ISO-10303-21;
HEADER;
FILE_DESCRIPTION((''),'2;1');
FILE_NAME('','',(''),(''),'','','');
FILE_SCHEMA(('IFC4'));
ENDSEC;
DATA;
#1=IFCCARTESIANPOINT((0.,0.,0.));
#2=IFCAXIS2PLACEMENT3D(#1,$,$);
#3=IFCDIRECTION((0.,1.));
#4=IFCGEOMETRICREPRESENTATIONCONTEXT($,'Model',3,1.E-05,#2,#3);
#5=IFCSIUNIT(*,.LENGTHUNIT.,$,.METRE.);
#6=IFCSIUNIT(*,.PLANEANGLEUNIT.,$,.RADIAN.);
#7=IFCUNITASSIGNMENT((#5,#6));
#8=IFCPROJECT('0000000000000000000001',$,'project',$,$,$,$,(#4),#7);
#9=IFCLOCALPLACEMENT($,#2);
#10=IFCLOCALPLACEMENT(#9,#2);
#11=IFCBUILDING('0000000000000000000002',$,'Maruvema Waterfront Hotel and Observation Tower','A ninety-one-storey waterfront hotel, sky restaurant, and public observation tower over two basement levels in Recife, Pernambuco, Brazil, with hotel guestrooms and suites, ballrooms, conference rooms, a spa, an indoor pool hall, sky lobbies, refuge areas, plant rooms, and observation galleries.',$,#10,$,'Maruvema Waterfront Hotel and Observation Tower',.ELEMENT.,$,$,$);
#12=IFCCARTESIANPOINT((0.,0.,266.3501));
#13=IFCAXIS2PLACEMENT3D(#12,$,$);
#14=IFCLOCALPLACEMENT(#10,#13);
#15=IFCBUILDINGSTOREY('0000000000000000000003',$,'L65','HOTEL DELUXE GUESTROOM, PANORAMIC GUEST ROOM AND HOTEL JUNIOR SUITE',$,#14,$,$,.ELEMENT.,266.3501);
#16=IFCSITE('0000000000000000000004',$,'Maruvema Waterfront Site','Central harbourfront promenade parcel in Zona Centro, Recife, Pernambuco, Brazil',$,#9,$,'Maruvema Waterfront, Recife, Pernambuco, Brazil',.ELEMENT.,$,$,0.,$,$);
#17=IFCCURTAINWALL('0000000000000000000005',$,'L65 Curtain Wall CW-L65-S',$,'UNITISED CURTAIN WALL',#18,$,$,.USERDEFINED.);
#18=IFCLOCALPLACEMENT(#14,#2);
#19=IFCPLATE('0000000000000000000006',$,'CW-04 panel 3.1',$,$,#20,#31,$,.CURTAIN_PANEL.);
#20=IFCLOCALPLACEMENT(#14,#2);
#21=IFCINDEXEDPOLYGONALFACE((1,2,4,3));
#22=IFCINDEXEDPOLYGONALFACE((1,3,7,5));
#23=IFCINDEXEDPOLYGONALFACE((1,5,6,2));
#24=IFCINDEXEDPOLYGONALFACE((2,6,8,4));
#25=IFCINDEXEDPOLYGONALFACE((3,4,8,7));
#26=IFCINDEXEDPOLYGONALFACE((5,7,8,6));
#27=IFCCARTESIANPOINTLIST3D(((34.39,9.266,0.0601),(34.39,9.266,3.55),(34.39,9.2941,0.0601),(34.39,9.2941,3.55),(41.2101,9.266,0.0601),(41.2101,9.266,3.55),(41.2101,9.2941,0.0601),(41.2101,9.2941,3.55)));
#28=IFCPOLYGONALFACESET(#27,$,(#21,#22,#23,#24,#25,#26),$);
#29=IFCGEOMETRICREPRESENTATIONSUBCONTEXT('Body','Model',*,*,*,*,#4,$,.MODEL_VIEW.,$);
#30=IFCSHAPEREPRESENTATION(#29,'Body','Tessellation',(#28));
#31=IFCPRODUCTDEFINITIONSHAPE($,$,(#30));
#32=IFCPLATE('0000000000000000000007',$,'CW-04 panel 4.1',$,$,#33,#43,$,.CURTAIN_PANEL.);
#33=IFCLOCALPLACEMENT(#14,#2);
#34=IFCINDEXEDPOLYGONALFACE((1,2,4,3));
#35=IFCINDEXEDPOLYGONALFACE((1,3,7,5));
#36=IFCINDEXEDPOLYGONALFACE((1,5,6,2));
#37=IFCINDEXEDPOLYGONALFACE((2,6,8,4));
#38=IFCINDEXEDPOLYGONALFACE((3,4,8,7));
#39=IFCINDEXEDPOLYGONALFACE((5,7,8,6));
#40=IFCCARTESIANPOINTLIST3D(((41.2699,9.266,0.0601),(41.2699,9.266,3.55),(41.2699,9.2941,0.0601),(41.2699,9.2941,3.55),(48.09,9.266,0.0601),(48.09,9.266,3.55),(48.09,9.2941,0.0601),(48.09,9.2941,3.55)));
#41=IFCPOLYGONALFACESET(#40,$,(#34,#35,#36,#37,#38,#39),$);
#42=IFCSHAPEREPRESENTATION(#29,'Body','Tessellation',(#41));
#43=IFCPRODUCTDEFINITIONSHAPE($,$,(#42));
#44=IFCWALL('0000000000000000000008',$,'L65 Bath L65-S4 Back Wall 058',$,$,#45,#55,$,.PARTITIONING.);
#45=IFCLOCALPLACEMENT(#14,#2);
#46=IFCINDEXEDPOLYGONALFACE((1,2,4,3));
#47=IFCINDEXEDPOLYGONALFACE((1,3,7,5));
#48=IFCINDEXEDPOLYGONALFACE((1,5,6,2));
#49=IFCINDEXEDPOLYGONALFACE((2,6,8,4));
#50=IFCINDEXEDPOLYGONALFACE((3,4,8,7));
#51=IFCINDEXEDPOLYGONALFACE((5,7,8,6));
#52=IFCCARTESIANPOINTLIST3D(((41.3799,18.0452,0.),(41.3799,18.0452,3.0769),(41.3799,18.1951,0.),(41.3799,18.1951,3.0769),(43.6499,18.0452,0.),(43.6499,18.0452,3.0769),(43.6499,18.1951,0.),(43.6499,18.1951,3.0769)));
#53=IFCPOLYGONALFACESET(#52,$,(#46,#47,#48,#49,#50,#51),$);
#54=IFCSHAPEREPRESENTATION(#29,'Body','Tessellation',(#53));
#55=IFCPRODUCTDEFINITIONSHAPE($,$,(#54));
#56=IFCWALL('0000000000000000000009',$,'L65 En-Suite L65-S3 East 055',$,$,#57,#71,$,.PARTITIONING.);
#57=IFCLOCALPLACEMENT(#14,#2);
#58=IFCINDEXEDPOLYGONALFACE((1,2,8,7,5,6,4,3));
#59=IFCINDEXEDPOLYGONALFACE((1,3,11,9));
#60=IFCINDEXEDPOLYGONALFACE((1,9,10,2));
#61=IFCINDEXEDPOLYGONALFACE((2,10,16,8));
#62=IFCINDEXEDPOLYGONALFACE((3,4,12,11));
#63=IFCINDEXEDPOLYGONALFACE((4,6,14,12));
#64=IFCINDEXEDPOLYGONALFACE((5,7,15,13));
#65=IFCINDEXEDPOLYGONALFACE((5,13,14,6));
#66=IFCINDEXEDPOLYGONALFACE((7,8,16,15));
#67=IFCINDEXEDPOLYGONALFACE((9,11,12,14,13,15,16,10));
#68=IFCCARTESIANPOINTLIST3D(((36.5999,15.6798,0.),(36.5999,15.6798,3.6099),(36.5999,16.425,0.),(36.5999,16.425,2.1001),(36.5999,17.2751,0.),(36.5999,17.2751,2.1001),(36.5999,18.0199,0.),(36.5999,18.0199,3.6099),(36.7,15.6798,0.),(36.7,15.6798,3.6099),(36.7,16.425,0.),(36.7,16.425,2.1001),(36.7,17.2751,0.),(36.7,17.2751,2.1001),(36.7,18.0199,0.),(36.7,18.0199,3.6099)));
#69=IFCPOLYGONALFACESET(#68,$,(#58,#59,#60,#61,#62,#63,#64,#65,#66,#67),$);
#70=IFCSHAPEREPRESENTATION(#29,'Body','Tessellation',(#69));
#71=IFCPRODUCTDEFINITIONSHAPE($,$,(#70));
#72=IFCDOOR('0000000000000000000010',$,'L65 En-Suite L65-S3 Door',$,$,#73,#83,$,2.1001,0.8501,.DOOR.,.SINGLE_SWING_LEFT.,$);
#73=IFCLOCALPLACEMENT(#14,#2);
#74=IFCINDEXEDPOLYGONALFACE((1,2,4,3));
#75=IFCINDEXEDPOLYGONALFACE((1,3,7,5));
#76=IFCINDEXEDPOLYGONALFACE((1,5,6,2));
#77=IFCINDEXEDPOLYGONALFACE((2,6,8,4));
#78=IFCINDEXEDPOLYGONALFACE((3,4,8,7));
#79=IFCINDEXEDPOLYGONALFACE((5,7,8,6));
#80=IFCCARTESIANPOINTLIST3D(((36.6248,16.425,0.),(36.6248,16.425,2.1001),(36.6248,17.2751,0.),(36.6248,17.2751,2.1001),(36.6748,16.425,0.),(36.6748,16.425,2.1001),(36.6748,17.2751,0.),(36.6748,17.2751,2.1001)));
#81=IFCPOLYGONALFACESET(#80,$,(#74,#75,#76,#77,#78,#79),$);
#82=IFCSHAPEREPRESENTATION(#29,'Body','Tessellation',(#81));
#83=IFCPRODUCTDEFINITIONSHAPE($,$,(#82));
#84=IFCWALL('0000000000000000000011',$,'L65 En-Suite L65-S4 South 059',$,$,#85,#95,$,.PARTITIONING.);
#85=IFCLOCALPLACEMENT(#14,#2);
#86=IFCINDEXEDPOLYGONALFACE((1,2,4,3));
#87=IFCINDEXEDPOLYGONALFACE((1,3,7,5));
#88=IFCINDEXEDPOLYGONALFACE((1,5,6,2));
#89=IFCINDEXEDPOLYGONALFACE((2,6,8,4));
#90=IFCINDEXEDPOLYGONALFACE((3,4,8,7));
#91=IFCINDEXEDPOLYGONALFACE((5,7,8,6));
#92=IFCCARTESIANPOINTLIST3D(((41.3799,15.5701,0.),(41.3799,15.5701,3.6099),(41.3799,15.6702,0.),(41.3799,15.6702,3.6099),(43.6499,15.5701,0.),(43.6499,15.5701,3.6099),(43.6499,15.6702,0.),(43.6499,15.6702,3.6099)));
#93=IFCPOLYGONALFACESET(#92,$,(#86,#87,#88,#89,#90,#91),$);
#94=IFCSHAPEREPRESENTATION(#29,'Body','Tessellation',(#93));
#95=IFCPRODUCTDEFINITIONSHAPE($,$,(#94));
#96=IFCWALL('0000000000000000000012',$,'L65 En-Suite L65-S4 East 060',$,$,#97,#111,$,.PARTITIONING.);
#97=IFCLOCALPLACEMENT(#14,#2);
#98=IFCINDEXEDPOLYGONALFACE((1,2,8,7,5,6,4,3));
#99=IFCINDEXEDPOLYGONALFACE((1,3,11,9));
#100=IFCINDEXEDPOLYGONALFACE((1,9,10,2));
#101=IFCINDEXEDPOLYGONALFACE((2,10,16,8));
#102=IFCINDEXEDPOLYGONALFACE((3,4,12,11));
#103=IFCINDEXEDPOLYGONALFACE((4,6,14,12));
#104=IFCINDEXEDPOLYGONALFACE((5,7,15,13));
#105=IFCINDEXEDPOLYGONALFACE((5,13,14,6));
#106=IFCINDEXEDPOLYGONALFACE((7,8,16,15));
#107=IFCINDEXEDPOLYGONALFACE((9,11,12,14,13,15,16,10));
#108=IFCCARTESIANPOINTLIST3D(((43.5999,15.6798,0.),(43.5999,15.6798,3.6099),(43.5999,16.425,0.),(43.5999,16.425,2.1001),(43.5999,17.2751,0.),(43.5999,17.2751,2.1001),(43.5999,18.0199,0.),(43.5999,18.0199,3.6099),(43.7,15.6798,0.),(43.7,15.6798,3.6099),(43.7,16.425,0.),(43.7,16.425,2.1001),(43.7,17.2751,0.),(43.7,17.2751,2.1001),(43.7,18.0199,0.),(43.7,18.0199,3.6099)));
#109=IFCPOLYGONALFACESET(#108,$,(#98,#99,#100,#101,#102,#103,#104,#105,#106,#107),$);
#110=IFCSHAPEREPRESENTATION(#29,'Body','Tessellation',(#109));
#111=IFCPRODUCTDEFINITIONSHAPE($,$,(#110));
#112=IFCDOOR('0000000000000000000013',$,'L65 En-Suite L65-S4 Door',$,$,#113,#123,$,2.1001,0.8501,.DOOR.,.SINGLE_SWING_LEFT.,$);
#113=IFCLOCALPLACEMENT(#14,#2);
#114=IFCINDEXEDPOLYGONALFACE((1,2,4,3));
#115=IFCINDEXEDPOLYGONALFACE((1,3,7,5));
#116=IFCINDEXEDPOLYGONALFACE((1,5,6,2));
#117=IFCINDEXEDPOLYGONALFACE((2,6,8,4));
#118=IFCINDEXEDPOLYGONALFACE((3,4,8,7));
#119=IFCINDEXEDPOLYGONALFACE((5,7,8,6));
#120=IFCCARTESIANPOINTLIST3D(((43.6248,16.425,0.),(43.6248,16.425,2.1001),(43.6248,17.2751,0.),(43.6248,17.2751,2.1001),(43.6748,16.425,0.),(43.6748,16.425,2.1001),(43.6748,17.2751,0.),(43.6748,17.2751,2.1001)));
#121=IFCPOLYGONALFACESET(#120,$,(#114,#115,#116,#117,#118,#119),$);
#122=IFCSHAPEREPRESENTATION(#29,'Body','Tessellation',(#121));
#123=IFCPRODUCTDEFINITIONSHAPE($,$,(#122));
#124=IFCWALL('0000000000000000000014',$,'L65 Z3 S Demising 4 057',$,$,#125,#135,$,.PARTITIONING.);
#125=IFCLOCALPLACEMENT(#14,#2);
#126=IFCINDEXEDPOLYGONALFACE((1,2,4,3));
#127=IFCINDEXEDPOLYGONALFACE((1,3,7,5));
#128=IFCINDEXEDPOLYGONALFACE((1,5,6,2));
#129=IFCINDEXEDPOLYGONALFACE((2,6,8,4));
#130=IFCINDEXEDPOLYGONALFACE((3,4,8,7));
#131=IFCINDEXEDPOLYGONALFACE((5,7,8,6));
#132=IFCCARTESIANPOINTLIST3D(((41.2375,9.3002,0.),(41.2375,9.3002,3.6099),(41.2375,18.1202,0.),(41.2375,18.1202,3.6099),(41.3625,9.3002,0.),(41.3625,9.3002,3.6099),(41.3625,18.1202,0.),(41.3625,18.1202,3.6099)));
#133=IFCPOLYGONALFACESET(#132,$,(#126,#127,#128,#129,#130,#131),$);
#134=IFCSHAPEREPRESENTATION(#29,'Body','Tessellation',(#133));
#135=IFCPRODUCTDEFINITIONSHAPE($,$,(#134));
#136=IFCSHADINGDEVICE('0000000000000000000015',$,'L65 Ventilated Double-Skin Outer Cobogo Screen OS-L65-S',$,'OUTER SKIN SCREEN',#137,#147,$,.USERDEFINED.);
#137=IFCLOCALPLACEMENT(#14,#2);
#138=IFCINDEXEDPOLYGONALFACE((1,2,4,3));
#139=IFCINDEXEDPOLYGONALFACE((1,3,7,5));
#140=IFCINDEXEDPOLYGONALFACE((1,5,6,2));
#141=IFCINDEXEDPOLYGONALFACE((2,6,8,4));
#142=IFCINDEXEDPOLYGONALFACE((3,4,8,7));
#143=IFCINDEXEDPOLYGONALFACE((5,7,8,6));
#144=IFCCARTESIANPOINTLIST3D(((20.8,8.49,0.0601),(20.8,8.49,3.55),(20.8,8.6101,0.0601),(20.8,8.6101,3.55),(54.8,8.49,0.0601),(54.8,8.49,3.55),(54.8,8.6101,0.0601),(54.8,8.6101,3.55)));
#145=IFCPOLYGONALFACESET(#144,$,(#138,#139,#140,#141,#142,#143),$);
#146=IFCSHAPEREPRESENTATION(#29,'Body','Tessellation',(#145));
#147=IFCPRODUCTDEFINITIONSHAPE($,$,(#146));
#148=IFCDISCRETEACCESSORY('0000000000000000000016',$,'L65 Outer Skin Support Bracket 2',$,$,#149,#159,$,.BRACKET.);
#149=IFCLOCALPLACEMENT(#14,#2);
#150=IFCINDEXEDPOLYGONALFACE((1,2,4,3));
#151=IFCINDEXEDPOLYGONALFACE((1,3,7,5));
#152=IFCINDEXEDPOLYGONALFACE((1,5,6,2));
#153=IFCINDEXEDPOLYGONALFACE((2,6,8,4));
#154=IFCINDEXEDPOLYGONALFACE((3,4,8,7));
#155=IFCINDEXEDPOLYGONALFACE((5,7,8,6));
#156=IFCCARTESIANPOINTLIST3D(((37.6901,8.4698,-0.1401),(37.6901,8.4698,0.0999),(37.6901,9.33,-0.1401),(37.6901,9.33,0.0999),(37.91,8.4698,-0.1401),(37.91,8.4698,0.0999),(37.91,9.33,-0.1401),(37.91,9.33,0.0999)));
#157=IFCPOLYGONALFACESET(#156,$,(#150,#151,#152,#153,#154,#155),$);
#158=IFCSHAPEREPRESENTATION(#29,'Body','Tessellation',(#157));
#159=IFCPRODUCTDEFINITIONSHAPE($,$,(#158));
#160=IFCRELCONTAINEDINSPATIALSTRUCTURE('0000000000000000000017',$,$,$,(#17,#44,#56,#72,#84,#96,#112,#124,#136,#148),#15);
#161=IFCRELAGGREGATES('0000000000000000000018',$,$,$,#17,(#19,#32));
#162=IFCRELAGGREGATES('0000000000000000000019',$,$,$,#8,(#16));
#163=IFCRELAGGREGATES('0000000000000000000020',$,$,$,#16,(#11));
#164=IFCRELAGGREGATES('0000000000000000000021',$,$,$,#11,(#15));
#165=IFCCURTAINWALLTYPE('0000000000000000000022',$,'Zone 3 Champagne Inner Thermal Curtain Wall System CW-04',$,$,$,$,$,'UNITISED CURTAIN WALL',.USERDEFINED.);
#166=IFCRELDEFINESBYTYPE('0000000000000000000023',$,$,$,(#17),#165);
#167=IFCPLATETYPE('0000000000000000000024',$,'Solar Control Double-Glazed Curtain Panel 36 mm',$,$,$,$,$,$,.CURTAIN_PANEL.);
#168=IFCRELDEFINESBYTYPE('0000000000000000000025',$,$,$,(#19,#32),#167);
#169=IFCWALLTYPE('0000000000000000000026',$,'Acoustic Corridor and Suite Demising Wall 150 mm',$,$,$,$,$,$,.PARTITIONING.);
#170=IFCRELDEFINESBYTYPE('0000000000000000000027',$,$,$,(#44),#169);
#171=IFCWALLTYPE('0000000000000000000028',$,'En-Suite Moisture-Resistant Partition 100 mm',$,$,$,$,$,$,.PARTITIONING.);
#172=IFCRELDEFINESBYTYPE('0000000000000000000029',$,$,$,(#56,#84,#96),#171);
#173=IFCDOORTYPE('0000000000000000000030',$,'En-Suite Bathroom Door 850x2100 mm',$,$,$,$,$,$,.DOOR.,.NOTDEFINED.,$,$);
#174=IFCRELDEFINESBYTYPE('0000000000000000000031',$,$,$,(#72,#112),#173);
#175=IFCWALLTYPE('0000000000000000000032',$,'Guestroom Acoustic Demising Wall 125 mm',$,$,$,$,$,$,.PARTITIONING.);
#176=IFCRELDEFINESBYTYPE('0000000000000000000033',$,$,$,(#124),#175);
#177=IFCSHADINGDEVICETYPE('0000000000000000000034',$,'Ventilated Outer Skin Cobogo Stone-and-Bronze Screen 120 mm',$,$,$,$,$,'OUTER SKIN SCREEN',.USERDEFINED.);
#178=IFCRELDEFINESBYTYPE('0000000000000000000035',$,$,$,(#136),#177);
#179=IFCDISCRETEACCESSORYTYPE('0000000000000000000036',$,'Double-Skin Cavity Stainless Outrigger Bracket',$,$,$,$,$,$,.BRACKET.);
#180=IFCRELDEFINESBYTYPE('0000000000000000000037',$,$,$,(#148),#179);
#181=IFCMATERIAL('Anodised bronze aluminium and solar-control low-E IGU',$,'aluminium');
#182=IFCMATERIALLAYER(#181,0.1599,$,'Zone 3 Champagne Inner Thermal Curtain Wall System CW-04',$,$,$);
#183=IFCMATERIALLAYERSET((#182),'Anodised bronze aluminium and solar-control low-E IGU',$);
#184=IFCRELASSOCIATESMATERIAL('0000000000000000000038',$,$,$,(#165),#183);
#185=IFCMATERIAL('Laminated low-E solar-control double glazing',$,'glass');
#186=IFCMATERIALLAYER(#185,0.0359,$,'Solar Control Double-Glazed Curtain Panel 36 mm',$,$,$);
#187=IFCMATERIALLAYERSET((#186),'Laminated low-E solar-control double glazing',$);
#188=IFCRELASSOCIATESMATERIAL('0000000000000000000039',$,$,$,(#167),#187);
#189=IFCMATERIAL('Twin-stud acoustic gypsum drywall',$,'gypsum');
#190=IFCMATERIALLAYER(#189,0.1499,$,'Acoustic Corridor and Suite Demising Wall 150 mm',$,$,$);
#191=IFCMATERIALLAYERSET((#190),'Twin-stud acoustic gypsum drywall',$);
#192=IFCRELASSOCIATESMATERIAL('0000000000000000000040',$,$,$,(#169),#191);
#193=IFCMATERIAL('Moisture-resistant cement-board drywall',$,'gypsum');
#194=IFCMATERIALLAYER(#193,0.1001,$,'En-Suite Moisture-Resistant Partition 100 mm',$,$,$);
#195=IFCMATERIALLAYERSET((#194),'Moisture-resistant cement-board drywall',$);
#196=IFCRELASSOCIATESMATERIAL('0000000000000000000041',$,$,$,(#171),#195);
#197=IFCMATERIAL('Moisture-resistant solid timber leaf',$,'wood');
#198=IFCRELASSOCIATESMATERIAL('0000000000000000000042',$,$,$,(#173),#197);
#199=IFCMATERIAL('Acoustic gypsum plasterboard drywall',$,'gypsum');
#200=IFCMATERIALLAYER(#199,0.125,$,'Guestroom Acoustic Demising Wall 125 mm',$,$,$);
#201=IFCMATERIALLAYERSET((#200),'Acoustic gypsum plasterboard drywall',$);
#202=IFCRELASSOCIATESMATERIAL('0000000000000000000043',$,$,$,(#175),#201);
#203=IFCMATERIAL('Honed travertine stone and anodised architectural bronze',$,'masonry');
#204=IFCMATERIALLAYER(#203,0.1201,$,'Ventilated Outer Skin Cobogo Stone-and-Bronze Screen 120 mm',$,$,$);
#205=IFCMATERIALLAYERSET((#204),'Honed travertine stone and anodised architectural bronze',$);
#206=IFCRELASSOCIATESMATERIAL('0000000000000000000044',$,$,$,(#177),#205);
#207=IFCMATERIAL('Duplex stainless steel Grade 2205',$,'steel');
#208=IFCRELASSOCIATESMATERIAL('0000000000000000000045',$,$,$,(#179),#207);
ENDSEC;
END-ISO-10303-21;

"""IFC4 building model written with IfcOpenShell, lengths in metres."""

from ifc_helpers import new_model, si_unit, direction, frame, frame_2d, origin, origin_2d, place, context, subcontext, project, spatial, rectangle, extrude, material, layer, layer_set, type_object, element, fill, aggregate, save


model = new_model("IFC4")

# Units and contexts
model_context = context("Model", 3, precision=1e-05, world=origin(), true_north=direction((0.0, 1.0)))
body_context = subcontext(model_context, "Body", "Model", "MODEL_VIEW")
ifc_project = project(units=[si_unit("LENGTHUNIT", "METRE"), si_unit("PLANEANGLEUNIT", "RADIAN")], contexts=[model_context])

# Site, building, storey
site_placement = place(None, origin())
site = spatial("IfcSite", under=ifc_project, at=site_placement, Name="Maruvema Waterfront Site", Description="Central harbourfront promenade parcel in Zona Centro, Recife, Pernambuco, Brazil", LongName="Maruvema Waterfront, Recife, Pernambuco, Brazil", CompositionType="ELEMENT", RefElevation=0.0)
building_placement = place(site_placement, origin())
building = spatial("IfcBuilding", under=site, at=building_placement, Name="Maruvema Waterfront Hotel and Observation Tower", Description="A ninety-one-storey waterfront hotel, sky restaurant, and public observation tower over two basement levels in Recife, Pernambuco, Brazil, with hotel guestrooms and suites, ballrooms, conference rooms, a spa, an indoor pool hall, sky lobbies, refuge areas, plant rooms, and observation galleries.", LongName="Maruvema Waterfront Hotel and Observation Tower", CompositionType="ELEMENT")
storey_placement = place(building_placement, frame((0.0, 0.0, 266.3501)))
storey = spatial("IfcBuildingStorey", under=building, at=storey_placement, Name="L65", Description="HOTEL DELUXE GUESTROOM, PANORAMIC GUEST ROOM AND HOTEL JUNIOR SUITE", CompositionType="ELEMENT", Elevation=266.3501)

# Curtain wall
ifc_material_1 = material(Name="Anodised bronze aluminium and solar-control low-E IGU", Category="aluminium")
ifc_layer_1 = layer(ifc_material_1, 0.1599, Name="Zone 3 Champagne Inner Thermal Curtain Wall System CW-04")
ifc_layer_set_1 = layer_set([ifc_layer_1], Name="Anodised bronze aluminium and solar-control low-E IGU")
curtain_wall_type = type_object("IfcCurtainWallType", Name="Zone 3 Champagne Inner Thermal Curtain Wall System CW-04", ElementType="UNITISED CURTAIN WALL", PredefinedType="USERDEFINED", material=ifc_layer_set_1)
curtain_wall_placement = place(storey_placement, origin())
curtain_wall = element("IfcCurtainWall", 1, at=curtain_wall_placement, inside=storey, type_object=curtain_wall_type, Name="L65 Curtain Wall CW-L65-S", ObjectType="UNITISED CURTAIN WALL", PredefinedType="USERDEFINED")

# Plates
ifc_material_2 = material(Name="Laminated low-E solar-control double glazing", Category="glass")
ifc_layer_2 = layer(ifc_material_2, 0.0359, Name="Solar Control Double-Glazed Curtain Panel 36 mm")
ifc_layer_set_2 = layer_set([ifc_layer_2], Name="Laminated low-E solar-control double glazing")
plate_type = type_object("IfcPlateType", Name="Solar Control Double-Glazed Curtain Panel 36 mm", PredefinedType="CURTAIN_PANEL", material=ifc_layer_set_2)
plate_1_placement = place(storey_placement, frame((37.8, 9.28, 0.0601), z_axis=(0.0, 0.0, 1.0), x_axis=(1.0, 0.0, 0.0)))
plate_1 = element("IfcPlate", 2, at=plate_1_placement, type_object=plate_type, Name="CW-04 panel 3.1", PredefinedType="CURTAIN_PANEL", context=body_context, shape_type="SweptSolid", body=[
    extrude(rectangle(XDim=6.8201, YDim=0.0281, at=origin_2d()), origin(), (0.0, 0.0, 1.0), 3.49),
])
plate_2_placement = place(storey_placement, frame((44.6799, 9.28, 0.0601), z_axis=(0.0, 0.0, 1.0), x_axis=(1.0, 0.0, 0.0)))
plate_2 = element("IfcPlate", 3, at=plate_2_placement, type_object=plate_type, Name="CW-04 panel 4.1", PredefinedType="CURTAIN_PANEL", context=body_context, shape_type="SweptSolid", body=[
    extrude(rectangle(XDim=6.8201, YDim=0.0281, at=origin_2d()), origin(), (0.0, 0.0, 1.0), 3.49),
])
aggregate(curtain_wall, [plate_1, plate_2])

# Shared definitions
ifc_material_3 = material(Name="Twin-stud acoustic gypsum drywall", Category="gypsum")
ifc_layer_3 = layer(ifc_material_3, 0.1499, Name="Acoustic Corridor and Suite Demising Wall 150 mm")
ifc_layer_set_3 = layer_set([ifc_layer_3], Name="Twin-stud acoustic gypsum drywall")
wall_type_1 = type_object("IfcWallType", Name="Acoustic Corridor and Suite Demising Wall 150 mm", PredefinedType="PARTITIONING", material=ifc_layer_set_3)

# Wall
wall_1_placement = place(storey_placement, frame((41.3799, 18.1201, 0.0), z_axis=(0.0, 0.0, 1.0), x_axis=(1.0, 0.0, 0.0)))
element("IfcWall", 4, at=wall_1_placement, inside=storey, type_object=wall_type_1, Name="L65 Bath L65-S4 Back Wall 058", PredefinedType="PARTITIONING", context=body_context, shape_type="SweptSolid", body=[
    extrude(rectangle(XDim=2.27, YDim=0.1499, at=frame_2d((1.135, 0.0))), origin(), (0.0, 0.0, 1.0), 3.0769),
])

# Wall, opening, door
ifc_material_4 = material(Name="Moisture-resistant cement-board drywall", Category="gypsum")
ifc_layer_4 = layer(ifc_material_4, 0.1001, Name="En-Suite Moisture-Resistant Partition 100 mm")
ifc_layer_set_4 = layer_set([ifc_layer_4], Name="Moisture-resistant cement-board drywall")
wall_type_2 = type_object("IfcWallType", Name="En-Suite Moisture-Resistant Partition 100 mm", PredefinedType="PARTITIONING", material=ifc_layer_set_4)
wall_2_placement = place(storey_placement, frame((36.6499, 15.6799, 0.0), z_axis=(0.0, 0.0, 1.0), x_axis=(0.0, 1.0, 0.0)))
wall_2 = element("IfcWall", 5, at=wall_2_placement, inside=storey, type_object=wall_type_2, Name="L65 En-Suite L65-S3 East 055", PredefinedType="PARTITIONING", context=body_context, shape_type="SweptSolid", body=[
    extrude(rectangle(XDim=2.3401, YDim=0.1001, at=frame_2d((1.1699, 0.0))), origin(), (0.0, 0.0, 1.0), 3.6099),
])
opening_1_placement = place(wall_2_placement, frame((0.7451, 0.0, 0.0)))
opening_1 = element("IfcOpeningElement", 6, at=opening_1_placement, cuts=wall_2, PredefinedType="OPENING", context=body_context, shape_type="SweptSolid", body=[
    extrude(rectangle(XDim=0.8501, YDim=2.1001, at=frame_2d((0.425, 1.05))), frame((0.0, 0.0601, 0.0), z_axis=(0.0, -1.0, 0.0), x_axis=(1.0, 0.0, 0.0)), (0.0, 0.0, 1.0), 0.1201),
])
ifc_material_5 = material(Name="Moisture-resistant solid timber leaf", Category="wood")
door_type_1 = type_object("IfcDoorType", Name="En-Suite Bathroom Door 850x2100 mm", OperationType="NOTDEFINED", PredefinedType="DOOR", material=ifc_material_5)
door_1_placement = place(opening_1_placement, frame((0.8501, 0.0, 0.0), z_axis=(0.0, 0.0, 1.0), x_axis=(-1.0, 0.0, 0.0)))
door_1 = element("IfcDoor", 7, at=door_1_placement, inside=storey, type_object=door_type_1, Name="L65 En-Suite L65-S3 Door", OperationType="SINGLE_SWING_LEFT", OverallHeight=2.1001, OverallWidth=0.8501, PredefinedType="DOOR", context=body_context, shape_type="SweptSolid", body=[
    extrude(rectangle(XDim=0.8501, YDim=2.1001, at=frame_2d((0.425, 1.05))), frame((0.0, 0.0249, 0.0), z_axis=(0.0, -1.0, 0.0), x_axis=(1.0, 0.0, 0.0)), (0.0, 0.0, 1.0), 0.05),
])
fill(opening_1, door_1)

# Wall
wall_3_placement = place(storey_placement, frame((41.3799, 15.6201, 0.0), z_axis=(0.0, 0.0, 1.0), x_axis=(1.0, 0.0, 0.0)))
element("IfcWall", 8, at=wall_3_placement, inside=storey, type_object=wall_type_2, Name="L65 En-Suite L65-S4 South 059", PredefinedType="PARTITIONING", context=body_context, shape_type="SweptSolid", body=[
    extrude(rectangle(XDim=2.27, YDim=0.1001, at=frame_2d((1.135, 0.0))), origin(), (0.0, 0.0, 1.0), 3.6099),
])

# Wall, opening, door
wall_4_placement = place(storey_placement, frame((43.6499, 15.6799, 0.0), z_axis=(0.0, 0.0, 1.0), x_axis=(0.0, 1.0, 0.0)))
wall_4 = element("IfcWall", 9, at=wall_4_placement, inside=storey, type_object=wall_type_2, Name="L65 En-Suite L65-S4 East 060", PredefinedType="PARTITIONING", context=body_context, shape_type="SweptSolid", body=[
    extrude(rectangle(XDim=2.3401, YDim=0.1001, at=frame_2d((1.1699, 0.0))), origin(), (0.0, 0.0, 1.0), 3.6099),
])
opening_2_placement = place(wall_4_placement, frame((0.7451, 0.0, 0.0)))
opening_2 = element("IfcOpeningElement", 10, at=opening_2_placement, cuts=wall_4, PredefinedType="OPENING", context=body_context, shape_type="SweptSolid", body=[
    extrude(rectangle(XDim=0.8501, YDim=2.1001, at=frame_2d((0.425, 1.05))), frame((0.0, 0.0601, 0.0), z_axis=(0.0, -1.0, 0.0), x_axis=(1.0, 0.0, 0.0)), (0.0, 0.0, 1.0), 0.1201),
])
door_2_placement = place(opening_2_placement, frame((0.8501, 0.0, 0.0), z_axis=(0.0, 0.0, 1.0), x_axis=(-1.0, 0.0, 0.0)))
door_2 = element("IfcDoor", 11, at=door_2_placement, inside=storey, type_object=door_type_1, Name="L65 En-Suite L65-S4 Door", OperationType="SINGLE_SWING_LEFT", OverallHeight=2.1001, OverallWidth=0.8501, PredefinedType="DOOR", context=body_context, shape_type="SweptSolid", body=[
    extrude(rectangle(XDim=0.8501, YDim=2.1001, at=frame_2d((0.425, 1.05))), frame((0.0, 0.0249, 0.0), z_axis=(0.0, -1.0, 0.0), x_axis=(1.0, 0.0, 0.0)), (0.0, 0.0, 1.0), 0.05),
])
fill(opening_2, door_2)

# Wall
ifc_material_6 = material(Name="Acoustic gypsum plasterboard drywall", Category="gypsum")
ifc_layer_5 = layer(ifc_material_6, 0.125, Name="Guestroom Acoustic Demising Wall 125 mm")
ifc_layer_set_5 = layer_set([ifc_layer_5], Name="Acoustic gypsum plasterboard drywall")
wall_type_3 = type_object("IfcWallType", Name="Guestroom Acoustic Demising Wall 125 mm", PredefinedType="PARTITIONING", material=ifc_layer_set_5)
wall_5_placement = place(storey_placement, frame((41.3, 9.3, 0.0), z_axis=(0.0, 0.0, 1.0), x_axis=(0.0, 1.0, 0.0)))
element("IfcWall", 12, at=wall_5_placement, inside=storey, type_object=wall_type_3, Name="L65 Z3 S Demising 4 057", PredefinedType="PARTITIONING", context=body_context, shape_type="SweptSolid", body=[
    extrude(rectangle(XDim=8.8201, YDim=0.125, at=frame_2d((4.4102, 0.0))), origin(), (0.0, 0.0, 1.0), 3.6099),
])

# Shading device
ifc_material_7 = material(Name="Honed travertine stone and anodised architectural bronze", Category="masonry")
ifc_layer_6 = layer(ifc_material_7, 0.1201, Name="Ventilated Outer Skin Cobogo Stone-and-Bronze Screen 120 mm")
ifc_layer_set_6 = layer_set([ifc_layer_6], Name="Honed travertine stone and anodised architectural bronze")
shading_device_type = type_object("IfcShadingDeviceType", Name="Ventilated Outer Skin Cobogo Stone-and-Bronze Screen 120 mm", ElementType="OUTER SKIN SCREEN", PredefinedType="USERDEFINED", material=ifc_layer_set_6)
shading_device_placement = place(storey_placement, frame((37.8, 8.55, 0.0601), z_axis=(0.0, 0.0, 1.0), x_axis=(1.0, 0.0, 0.0)))
element("IfcShadingDevice", 13, at=shading_device_placement, inside=storey, type_object=shading_device_type, Name="L65 Ventilated Double-Skin Outer Cobogo Screen OS-L65-S", ObjectType="OUTER SKIN SCREEN", PredefinedType="USERDEFINED", context=body_context, shape_type="SweptSolid", body=[
    extrude(rectangle(XDim=34.0, YDim=0.1201, at=origin_2d()), origin(), (0.0, 0.0, 1.0), 3.49),
])

# Discrete accessory
ifc_material_8 = material(Name="Duplex stainless steel Grade 2205", Category="steel")
discrete_accessory_type = type_object("IfcDiscreteAccessoryType", Name="Double-Skin Cavity Stainless Outrigger Bracket", PredefinedType="BRACKET", material=ifc_material_8)
discrete_accessory_placement = place(storey_placement, frame((37.8, 8.8999, -0.1401), z_axis=(0.0, 0.0, 1.0), x_axis=(1.0, 0.0, 0.0)))
element("IfcDiscreteAccessory", 14, at=discrete_accessory_placement, inside=storey, type_object=discrete_accessory_type, Name="L65 Outer Skin Support Bracket 2", PredefinedType="BRACKET", context=body_context, shape_type="SweptSolid", body=[
    extrude(rectangle(XDim=0.22, YDim=0.8601, at=origin_2d()), origin(), (0.0, 0.0, 1.0), 0.24),
])

save(model, "model.ifc")
